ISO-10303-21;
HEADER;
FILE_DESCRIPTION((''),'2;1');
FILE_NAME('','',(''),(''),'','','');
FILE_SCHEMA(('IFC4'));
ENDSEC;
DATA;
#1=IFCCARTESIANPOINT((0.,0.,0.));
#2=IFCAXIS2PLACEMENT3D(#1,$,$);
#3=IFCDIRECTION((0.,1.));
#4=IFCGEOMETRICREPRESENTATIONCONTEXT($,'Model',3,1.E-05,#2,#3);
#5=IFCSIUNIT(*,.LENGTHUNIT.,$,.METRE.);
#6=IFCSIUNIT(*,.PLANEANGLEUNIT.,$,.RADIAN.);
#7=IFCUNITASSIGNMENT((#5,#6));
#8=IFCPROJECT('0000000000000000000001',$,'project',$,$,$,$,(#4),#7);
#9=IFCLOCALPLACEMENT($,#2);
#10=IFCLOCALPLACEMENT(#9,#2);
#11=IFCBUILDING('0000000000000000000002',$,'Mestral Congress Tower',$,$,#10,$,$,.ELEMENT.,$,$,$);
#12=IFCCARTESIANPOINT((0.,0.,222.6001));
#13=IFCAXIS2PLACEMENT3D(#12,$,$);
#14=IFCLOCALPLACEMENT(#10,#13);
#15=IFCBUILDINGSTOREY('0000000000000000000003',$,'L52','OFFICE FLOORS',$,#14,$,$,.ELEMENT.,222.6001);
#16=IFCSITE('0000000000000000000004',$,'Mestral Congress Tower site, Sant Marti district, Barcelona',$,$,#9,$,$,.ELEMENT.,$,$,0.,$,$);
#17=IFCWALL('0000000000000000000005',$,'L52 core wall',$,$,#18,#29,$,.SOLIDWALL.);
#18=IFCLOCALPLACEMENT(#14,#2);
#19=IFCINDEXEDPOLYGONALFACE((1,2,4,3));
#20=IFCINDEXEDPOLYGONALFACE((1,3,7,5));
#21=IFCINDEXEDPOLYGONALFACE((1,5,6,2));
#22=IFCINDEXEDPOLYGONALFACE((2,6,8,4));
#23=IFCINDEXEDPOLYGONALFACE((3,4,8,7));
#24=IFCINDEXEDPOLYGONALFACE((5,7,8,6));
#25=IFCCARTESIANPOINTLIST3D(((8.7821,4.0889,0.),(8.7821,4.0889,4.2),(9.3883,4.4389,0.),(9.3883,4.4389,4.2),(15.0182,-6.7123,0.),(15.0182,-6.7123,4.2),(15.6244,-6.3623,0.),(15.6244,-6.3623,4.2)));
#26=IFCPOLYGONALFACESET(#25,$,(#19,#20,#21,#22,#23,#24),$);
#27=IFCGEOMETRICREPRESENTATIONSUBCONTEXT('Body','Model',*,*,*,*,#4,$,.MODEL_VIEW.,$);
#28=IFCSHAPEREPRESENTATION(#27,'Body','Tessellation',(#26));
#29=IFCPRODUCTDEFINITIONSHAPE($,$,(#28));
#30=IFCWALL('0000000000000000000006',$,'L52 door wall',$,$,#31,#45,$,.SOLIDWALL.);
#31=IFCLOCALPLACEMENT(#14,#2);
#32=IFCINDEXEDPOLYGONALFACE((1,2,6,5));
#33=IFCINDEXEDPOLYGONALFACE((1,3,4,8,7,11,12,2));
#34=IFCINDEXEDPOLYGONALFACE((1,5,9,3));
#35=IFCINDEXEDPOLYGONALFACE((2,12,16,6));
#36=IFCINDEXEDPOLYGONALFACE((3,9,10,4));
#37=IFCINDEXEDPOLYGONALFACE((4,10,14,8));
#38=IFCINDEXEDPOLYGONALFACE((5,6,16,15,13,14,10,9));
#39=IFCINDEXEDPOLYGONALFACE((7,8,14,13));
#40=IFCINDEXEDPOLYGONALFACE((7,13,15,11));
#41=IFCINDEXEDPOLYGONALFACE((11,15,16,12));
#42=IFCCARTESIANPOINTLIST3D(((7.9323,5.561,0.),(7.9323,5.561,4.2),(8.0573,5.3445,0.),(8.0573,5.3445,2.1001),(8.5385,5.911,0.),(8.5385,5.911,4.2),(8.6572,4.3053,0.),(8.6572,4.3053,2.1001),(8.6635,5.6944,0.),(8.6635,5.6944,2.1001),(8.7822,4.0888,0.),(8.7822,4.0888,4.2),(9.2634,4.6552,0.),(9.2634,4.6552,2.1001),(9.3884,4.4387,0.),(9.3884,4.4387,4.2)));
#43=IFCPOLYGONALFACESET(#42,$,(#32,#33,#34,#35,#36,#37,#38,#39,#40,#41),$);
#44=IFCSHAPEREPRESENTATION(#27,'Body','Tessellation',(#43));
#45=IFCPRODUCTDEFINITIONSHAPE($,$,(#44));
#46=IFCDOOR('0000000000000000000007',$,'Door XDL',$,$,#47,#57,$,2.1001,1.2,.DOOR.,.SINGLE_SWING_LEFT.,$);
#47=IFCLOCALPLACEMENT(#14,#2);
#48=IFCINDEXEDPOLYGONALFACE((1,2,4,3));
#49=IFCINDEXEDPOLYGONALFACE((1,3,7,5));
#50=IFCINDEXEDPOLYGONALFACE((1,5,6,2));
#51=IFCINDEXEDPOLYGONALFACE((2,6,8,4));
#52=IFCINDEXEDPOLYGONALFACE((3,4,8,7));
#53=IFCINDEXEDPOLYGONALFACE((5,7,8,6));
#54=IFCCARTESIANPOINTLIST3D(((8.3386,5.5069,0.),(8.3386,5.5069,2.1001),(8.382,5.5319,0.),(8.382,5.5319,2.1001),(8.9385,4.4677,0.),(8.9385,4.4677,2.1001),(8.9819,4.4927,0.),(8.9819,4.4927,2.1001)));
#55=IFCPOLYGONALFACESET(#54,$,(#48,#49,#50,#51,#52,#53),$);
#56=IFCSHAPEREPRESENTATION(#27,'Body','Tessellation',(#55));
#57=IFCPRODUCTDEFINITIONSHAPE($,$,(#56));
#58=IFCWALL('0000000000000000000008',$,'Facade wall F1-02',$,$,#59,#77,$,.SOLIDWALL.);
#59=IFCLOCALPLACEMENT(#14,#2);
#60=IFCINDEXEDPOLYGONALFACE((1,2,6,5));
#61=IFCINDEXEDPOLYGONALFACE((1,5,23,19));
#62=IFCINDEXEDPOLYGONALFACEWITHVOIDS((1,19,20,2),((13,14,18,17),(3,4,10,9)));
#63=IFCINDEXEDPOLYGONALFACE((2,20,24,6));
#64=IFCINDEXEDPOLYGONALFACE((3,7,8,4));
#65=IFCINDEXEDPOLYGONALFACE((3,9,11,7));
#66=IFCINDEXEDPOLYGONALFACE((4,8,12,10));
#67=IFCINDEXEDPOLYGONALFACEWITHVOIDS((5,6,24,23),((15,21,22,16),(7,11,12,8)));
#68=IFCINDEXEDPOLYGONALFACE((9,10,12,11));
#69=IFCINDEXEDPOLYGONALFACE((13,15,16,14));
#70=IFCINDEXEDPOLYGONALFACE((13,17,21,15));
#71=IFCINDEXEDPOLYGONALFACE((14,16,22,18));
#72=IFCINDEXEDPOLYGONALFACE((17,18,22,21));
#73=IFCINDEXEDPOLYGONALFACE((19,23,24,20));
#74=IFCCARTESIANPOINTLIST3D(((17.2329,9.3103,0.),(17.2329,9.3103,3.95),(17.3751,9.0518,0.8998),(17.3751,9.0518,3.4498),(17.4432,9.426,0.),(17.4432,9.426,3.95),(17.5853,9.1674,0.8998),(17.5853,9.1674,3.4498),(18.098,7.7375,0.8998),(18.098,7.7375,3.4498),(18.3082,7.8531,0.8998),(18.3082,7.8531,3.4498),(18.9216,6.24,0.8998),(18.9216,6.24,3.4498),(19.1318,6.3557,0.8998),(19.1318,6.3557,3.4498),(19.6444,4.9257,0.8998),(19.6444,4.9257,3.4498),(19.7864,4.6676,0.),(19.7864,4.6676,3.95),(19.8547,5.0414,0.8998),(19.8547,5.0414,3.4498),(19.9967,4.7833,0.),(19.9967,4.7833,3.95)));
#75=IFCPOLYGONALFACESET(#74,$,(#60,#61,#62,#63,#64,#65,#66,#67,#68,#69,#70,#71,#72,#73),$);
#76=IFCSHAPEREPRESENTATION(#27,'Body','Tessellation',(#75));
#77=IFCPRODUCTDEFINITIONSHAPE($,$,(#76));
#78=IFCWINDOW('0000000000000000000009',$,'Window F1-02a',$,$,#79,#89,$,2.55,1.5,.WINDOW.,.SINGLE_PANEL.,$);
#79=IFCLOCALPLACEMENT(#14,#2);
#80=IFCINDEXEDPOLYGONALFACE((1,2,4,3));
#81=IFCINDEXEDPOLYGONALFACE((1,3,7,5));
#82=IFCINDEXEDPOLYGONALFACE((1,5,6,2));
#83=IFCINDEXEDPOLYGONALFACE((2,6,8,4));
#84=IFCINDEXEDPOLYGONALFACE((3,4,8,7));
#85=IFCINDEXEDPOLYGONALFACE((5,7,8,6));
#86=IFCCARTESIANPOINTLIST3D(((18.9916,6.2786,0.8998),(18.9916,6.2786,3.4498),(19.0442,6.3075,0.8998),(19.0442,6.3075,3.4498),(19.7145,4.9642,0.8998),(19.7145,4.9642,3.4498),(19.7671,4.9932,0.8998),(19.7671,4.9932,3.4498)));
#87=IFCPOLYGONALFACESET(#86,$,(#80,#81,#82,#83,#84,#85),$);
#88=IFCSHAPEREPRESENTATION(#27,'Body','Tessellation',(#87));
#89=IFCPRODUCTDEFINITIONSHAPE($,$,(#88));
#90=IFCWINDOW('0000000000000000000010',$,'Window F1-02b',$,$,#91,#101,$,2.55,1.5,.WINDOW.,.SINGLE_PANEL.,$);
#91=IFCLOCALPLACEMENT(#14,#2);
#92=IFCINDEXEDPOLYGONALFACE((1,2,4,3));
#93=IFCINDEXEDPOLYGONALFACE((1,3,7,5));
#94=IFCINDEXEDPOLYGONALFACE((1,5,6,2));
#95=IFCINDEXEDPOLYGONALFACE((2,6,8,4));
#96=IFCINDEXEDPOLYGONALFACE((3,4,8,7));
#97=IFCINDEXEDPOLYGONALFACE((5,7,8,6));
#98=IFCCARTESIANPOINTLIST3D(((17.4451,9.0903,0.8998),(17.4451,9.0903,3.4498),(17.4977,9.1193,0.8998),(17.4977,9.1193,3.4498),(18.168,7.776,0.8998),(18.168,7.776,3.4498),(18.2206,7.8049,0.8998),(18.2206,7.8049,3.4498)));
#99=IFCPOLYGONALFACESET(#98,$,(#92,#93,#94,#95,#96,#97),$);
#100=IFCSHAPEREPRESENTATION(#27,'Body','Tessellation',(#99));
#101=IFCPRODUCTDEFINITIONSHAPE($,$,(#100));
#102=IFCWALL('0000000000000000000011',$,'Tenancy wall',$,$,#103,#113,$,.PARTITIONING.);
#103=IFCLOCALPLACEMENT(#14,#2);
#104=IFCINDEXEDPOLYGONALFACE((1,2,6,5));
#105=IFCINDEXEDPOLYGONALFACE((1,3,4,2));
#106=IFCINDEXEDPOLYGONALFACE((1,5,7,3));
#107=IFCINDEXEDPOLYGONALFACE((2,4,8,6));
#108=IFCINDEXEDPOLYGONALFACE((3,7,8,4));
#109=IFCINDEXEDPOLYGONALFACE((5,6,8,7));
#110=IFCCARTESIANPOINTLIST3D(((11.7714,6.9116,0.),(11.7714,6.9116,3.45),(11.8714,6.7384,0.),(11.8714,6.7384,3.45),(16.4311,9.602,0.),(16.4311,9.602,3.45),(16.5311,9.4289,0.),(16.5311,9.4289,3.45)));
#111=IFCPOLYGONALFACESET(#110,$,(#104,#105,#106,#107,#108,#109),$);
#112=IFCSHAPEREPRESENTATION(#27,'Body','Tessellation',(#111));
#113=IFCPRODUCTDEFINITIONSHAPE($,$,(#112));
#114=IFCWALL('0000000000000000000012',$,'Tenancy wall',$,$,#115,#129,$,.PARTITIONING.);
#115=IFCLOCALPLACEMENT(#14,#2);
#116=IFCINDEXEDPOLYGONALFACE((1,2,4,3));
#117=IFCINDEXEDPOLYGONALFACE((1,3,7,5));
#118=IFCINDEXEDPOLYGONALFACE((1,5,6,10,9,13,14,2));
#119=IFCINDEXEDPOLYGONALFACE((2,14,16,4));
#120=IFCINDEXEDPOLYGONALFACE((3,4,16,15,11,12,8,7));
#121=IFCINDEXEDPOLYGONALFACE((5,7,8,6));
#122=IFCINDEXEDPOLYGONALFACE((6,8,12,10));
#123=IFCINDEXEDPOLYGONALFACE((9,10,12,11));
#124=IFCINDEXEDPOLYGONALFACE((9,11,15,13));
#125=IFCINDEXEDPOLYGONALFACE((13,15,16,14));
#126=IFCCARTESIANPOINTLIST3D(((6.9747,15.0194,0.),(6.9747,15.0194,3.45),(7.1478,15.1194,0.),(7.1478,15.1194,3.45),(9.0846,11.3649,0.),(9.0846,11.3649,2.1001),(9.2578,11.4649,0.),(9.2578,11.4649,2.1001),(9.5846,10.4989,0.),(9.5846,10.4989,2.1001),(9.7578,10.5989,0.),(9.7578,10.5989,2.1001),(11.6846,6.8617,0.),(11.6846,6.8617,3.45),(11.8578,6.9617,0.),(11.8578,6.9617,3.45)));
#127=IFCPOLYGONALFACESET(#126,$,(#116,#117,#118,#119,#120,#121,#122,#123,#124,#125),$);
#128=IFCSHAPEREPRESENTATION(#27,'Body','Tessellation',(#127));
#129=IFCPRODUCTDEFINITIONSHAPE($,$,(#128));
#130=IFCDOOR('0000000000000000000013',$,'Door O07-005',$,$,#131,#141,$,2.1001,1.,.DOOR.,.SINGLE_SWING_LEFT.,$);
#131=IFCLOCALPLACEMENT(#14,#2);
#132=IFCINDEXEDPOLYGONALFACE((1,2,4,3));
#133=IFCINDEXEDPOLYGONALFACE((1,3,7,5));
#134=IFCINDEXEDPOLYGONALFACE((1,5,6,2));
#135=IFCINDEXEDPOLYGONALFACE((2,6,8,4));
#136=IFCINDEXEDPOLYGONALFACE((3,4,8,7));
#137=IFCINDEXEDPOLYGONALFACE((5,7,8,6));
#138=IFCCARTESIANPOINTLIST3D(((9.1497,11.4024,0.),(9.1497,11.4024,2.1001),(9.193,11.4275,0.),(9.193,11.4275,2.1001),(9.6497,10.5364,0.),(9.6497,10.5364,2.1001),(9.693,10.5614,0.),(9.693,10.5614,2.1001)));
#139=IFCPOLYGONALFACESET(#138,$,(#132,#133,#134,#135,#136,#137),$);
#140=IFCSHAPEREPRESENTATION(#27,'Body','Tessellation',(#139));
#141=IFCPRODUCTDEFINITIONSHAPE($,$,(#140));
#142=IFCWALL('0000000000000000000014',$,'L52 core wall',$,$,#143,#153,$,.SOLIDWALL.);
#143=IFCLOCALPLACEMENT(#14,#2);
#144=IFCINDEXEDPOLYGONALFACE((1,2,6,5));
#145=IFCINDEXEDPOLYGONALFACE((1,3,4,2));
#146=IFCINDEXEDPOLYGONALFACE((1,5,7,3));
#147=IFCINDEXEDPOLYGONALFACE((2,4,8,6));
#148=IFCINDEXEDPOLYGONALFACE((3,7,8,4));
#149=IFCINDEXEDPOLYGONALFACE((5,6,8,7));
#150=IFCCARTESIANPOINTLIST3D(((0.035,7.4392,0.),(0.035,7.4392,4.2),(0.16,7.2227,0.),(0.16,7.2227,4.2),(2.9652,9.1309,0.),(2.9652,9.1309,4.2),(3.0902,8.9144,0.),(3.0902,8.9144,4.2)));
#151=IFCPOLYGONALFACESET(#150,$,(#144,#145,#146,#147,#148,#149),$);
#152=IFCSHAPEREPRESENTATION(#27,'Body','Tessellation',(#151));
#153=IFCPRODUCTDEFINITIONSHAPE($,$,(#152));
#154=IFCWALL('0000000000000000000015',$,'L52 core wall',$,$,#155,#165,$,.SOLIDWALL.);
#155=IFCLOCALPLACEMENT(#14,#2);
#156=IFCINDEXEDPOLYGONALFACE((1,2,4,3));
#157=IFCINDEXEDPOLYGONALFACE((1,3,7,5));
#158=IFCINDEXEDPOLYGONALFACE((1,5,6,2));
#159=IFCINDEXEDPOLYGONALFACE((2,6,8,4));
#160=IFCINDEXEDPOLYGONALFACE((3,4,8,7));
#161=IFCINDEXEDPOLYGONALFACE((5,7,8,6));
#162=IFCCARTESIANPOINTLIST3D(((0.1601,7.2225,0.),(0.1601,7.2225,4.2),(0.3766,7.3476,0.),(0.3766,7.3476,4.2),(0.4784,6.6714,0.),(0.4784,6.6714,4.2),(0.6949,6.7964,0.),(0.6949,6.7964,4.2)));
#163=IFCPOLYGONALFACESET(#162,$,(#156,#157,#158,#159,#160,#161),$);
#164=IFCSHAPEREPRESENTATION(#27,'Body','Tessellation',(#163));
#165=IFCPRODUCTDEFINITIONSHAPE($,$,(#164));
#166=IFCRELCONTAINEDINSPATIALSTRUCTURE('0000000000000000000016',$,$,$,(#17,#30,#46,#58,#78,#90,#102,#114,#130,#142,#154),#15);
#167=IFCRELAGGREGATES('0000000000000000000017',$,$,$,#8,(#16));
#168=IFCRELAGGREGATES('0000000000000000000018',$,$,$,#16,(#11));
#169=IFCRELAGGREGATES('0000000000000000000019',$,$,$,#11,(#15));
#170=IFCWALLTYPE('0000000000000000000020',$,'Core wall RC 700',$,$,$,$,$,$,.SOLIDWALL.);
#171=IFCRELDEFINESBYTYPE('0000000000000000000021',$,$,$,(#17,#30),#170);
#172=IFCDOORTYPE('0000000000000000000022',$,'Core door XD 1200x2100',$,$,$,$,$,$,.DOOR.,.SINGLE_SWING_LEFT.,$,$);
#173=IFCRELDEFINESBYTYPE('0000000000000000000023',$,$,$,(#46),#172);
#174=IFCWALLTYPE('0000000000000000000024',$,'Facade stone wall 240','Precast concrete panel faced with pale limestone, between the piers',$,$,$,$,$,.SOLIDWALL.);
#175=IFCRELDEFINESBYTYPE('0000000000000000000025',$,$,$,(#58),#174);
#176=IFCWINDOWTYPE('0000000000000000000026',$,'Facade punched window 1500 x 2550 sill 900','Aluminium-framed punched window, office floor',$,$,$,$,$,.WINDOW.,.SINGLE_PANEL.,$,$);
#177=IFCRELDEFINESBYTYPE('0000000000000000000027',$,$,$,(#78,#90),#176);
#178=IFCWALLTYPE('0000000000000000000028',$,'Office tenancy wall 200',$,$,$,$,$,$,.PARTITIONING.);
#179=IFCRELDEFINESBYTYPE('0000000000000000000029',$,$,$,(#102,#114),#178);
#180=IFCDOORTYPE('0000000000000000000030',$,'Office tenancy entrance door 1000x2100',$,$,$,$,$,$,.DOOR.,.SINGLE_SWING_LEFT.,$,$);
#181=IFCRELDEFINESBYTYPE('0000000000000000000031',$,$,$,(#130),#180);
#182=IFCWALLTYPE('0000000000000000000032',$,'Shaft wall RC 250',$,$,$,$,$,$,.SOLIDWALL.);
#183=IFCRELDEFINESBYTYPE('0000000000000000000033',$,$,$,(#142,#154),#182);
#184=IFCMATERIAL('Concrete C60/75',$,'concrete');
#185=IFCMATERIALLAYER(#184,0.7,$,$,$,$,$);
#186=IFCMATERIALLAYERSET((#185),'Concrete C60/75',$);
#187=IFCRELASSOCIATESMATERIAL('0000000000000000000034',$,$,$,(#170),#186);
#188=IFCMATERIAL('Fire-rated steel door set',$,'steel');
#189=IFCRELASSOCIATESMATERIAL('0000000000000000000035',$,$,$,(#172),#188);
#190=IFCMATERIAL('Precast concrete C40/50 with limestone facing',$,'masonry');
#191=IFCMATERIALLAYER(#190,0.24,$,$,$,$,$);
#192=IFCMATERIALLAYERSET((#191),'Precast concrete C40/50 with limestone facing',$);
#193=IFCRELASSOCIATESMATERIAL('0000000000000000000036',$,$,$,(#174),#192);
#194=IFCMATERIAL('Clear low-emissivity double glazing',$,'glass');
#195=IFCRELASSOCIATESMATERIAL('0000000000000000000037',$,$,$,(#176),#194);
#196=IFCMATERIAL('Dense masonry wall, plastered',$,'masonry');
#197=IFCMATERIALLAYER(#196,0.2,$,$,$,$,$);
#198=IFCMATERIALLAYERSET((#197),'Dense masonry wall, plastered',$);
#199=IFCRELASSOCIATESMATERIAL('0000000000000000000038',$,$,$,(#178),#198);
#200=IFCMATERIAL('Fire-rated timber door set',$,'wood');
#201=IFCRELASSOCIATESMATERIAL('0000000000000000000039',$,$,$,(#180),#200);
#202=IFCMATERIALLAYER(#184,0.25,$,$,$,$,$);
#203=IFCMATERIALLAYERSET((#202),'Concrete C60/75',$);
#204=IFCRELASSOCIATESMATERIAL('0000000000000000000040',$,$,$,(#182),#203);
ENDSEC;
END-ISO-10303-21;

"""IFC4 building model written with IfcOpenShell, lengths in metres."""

from ifc_helpers import new_model, si_unit, direction, frame, frame_2d, origin, place, context, subcontext, project, spatial, rectangle, extrude, material, layer, layer_set, type_object, element, fill, save


model = new_model("IFC4")

# Units and contexts
model_context = context("Model", 3, precision=1e-05, world=origin(), true_north=direction((0.0, 1.0)))
body_context = subcontext(model_context, "Body", "Model", "MODEL_VIEW")
ifc_project = project(units=[si_unit("LENGTHUNIT", "METRE"), si_unit("PLANEANGLEUNIT", "RADIAN")], contexts=[model_context])

# Site, building, storey
site_placement = place(None, origin())
site = spatial("IfcSite", under=ifc_project, at=site_placement, Name="Mestral Congress Tower site, Sant Marti district, Barcelona", CompositionType="ELEMENT", RefElevation=0.0)
building_placement = place(site_placement, origin())
building = spatial("IfcBuilding", under=site, at=building_placement, Name="Mestral Congress Tower", CompositionType="ELEMENT")
storey_placement = place(building_placement, frame((0.0, 0.0, 222.6001)))
storey = spatial("IfcBuildingStorey", under=building, at=storey_placement, Name="L52", Description="OFFICE FLOORS", CompositionType="ELEMENT", Elevation=222.6001)

# Shared definitions
ifc_material_1 = material(Name="Concrete C60/75", Category="concrete")

# Wall
ifc_layer_1 = layer(ifc_material_1, 0.7)
ifc_layer_set_1 = layer_set([ifc_layer_1], Name="Concrete C60/75")
wall_type_1 = type_object("IfcWallType", Name="Core wall RC 700", PredefinedType="SOLIDWALL", material=ifc_layer_set_1)
wall_1_placement = place(storey_placement, frame((9.0852, 4.2639, 0.0), z_axis=(0.0, 0.0, 1.0), x_axis=(0.499998, -0.866027, 0.0)))
element("IfcWall", 1, at=wall_1_placement, inside=storey, type_object=wall_type_1, Name="L52 core wall", PredefinedType="SOLIDWALL", context=body_context, shape_type="SweptSolid", body=[
    extrude(rectangle(XDim=12.4722, YDim=0.7, at=frame_2d((6.2361, 0.0))), origin(), (0.0, 0.0, 1.0), 4.2),
])

# Wall, opening, door
wall_2_placement = place(storey_placement, frame((8.2354, 5.7361, 0.0), z_axis=(0.0, 0.0, 1.0), x_axis=(0.499955, -0.866052, 0.0)))
wall_2 = element("IfcWall", 2, at=wall_2_placement, inside=storey, type_object=wall_type_1, Name="L52 door wall", PredefinedType="SOLIDWALL", context=body_context, shape_type="SweptSolid", body=[
    extrude(rectangle(XDim=1.7, YDim=0.7, at=frame_2d((0.8501, 0.0))), origin(), (0.0, 0.0, 1.0), 4.2),
])
opening_1_placement = place(wall_2_placement, frame((0.25, 0.0, 0.0)))
opening_1 = element("IfcOpeningElement", 3, at=opening_1_placement, cuts=wall_2, PredefinedType="OPENING", context=body_context, shape_type="SweptSolid", body=[
    extrude(rectangle(XDim=1.2, YDim=2.1001, at=frame_2d((0.6001, 1.05))), frame((0.0, 0.3599, 0.0), z_axis=(0.0, -1.0, 0.0), x_axis=(1.0, 0.0, 0.0)), (0.0, 0.0, 1.0), 0.72),
])
ifc_material_2 = material(Name="Fire-rated steel door set", Category="steel")
door_type_1 = type_object("IfcDoorType", Name="Core door XD 1200x2100", OperationType="SINGLE_SWING_LEFT", PredefinedType="DOOR", material=ifc_material_2)
door_1_placement = place(opening_1_placement, origin())
door_1 = element("IfcDoor", 4, at=door_1_placement, inside=storey, type_object=door_type_1, Name="Door XDL", OperationType="SINGLE_SWING_LEFT", OverallHeight=2.1001, OverallWidth=1.2, PredefinedType="DOOR", context=body_context, shape_type="SweptSolid", body=[
    extrude(rectangle(XDim=1.2, YDim=2.1001, at=frame_2d((0.6001, 1.05))), frame((0.0, 0.0249, 0.0), z_axis=(0.0, -1.0, 0.0), x_axis=(1.0, 0.0, 0.0)), (0.0, 0.0, 1.0), 0.05),
])
fill(opening_1, door_1)

# Wall, openings, windows
ifc_material_3 = material(Name="Precast concrete C40/50 with limestone facing", Category="masonry")
ifc_layer_2 = layer(ifc_material_3, 0.24)
ifc_layer_set_2 = layer_set([ifc_layer_2], Name="Precast concrete C40/50 with limestone facing")
wall_type_2 = type_object("IfcWallType", Name="Facade stone wall 240", Description="Precast concrete panel faced with pale limestone, between the piers", PredefinedType="SOLIDWALL", material=ifc_layer_set_2)
wall_3_placement = place(storey_placement, frame((19.8916, 4.7253, 0.0), z_axis=(0.0, 0.0, 1.0), x_axis=(-0.481926, 0.876212, 0.0)))
wall_3 = element("IfcWall", 5, at=wall_3_placement, inside=storey, type_object=wall_type_2, Name="Facade wall F1-02", PredefinedType="SOLIDWALL", context=body_context, shape_type="SweptSolid", body=[
    extrude(rectangle(XDim=5.2986, YDim=0.24, at=frame_2d((2.6494, 0.0))), origin(), (0.0, 0.0, 1.0), 3.95),
])
opening_2_placement = place(wall_3_placement, frame((0.2947, 0.0, 0.8999)))
opening_2 = element("IfcOpeningElement", 6, at=opening_2_placement, cuts=wall_3, PredefinedType="OPENING", context=body_context, shape_type="SweptSolid", body=[
    extrude(rectangle(XDim=1.5, YDim=2.55, at=frame_2d((0.75, 1.2749))), frame((0.0, 0.1299, 0.0), z_axis=(0.0, -1.0, 0.0), x_axis=(1.0, 0.0, 0.0)), (0.0, 0.0, 1.0), 0.26),
])
opening_3_placement = place(wall_3_placement, frame((3.5037, 0.0, 0.8999)))
opening_3 = element("IfcOpeningElement", 7, at=opening_3_placement, cuts=wall_3, PredefinedType="OPENING", context=body_context, shape_type="SweptSolid", body=[
    extrude(rectangle(XDim=1.5, YDim=2.55, at=frame_2d((0.75, 1.2749))), frame((0.0, 0.1299, 0.0), z_axis=(0.0, -1.0, 0.0), x_axis=(1.0, 0.0, 0.0)), (0.0, 0.0, 1.0), 0.26),
])
ifc_material_4 = material(Name="Clear low-emissivity double glazing", Category="glass")
window_type = type_object("IfcWindowType", Name="Facade punched window 1500 x 2550 sill 900", Description="Aluminium-framed punched window, office floor", PartitioningType="SINGLE_PANEL", PredefinedType="WINDOW", material=ifc_material_4)
window_1_placement = place(opening_2_placement, origin())
window_1 = element("IfcWindow", 8, at=window_1_placement, inside=storey, type_object=window_type, Name="Window F1-02a", OverallHeight=2.55, OverallWidth=1.5, PartitioningType="SINGLE_PANEL", PredefinedType="WINDOW", context=body_context, shape_type="SweptSolid", body=[
    extrude(rectangle(XDim=1.5, YDim=2.55, at=frame_2d((0.75, 1.2749))), frame((0.0, 0.04, 0.0), z_axis=(0.0, -1.0, 0.0), x_axis=(1.0, 0.0, 0.0)), (0.0, 0.0, 1.0), 0.0601),
])
fill(opening_2, window_1)
window_2_placement = place(opening_3_placement, origin())
window_2 = element("IfcWindow", 9, at=window_2_placement, inside=storey, type_object=window_type, Name="Window F1-02b", OverallHeight=2.55, OverallWidth=1.5, PartitioningType="SINGLE_PANEL", PredefinedType="WINDOW", context=body_context, shape_type="SweptSolid", body=[
    extrude(rectangle(XDim=1.5, YDim=2.55, at=frame_2d((0.75, 1.2749))), frame((0.0, 0.04, 0.0), z_axis=(0.0, -1.0, 0.0), x_axis=(1.0, 0.0, 0.0)), (0.0, 0.0, 1.0), 0.0601),
])
fill(opening_3, window_2)

# Wall
ifc_material_5 = material(Name="Dense masonry wall, plastered", Category="masonry")
ifc_layer_3 = layer(ifc_material_5, 0.2)
ifc_layer_set_3 = layer_set([ifc_layer_3], Name="Dense masonry wall, plastered")
wall_type_3 = type_object("IfcWallType", Name="Office tenancy wall 200", PredefinedType="PARTITIONING", material=ifc_layer_set_3)
wall_4_placement = place(storey_placement, frame((11.8213, 6.825, 0.0), z_axis=(0.0, 0.0, 1.0), x_axis=(0.866012, 0.500024, 0.0)))
element("IfcWall", 10, at=wall_4_placement, inside=storey, type_object=wall_type_3, Name="Tenancy wall", PredefinedType="PARTITIONING", context=body_context, shape_type="SweptSolid", body=[
    extrude(rectangle(XDim=5.3806, YDim=0.2, at=frame_2d((2.6904, 0.0))), origin(), (0.0, 0.0, 1.0), 3.45),
])

# Wall, opening, door
wall_5_placement = place(storey_placement, frame((11.7712, 6.9116, 0.0), z_axis=(0.0, 0.0, 1.0), x_axis=(-0.500008, 0.866021, 0.0)))
wall_5 = element("IfcWall", 11, at=wall_5_placement, inside=storey, type_object=wall_type_3, Name="Tenancy wall", PredefinedType="PARTITIONING", context=body_context, shape_type="SweptSolid", body=[
    extrude(rectangle(XDim=9.4197, YDim=0.2, at=frame_2d((4.71, 0.0))), origin(), (0.0, 0.0, 1.0), 3.45),
])
opening_4_placement = place(wall_5_placement, frame((4.2, 0.0, 0.0)))
opening_4 = element("IfcOpeningElement", 12, at=opening_4_placement, cuts=wall_5, PredefinedType="OPENING", context=body_context, shape_type="SweptSolid", body=[
    extrude(rectangle(XDim=1.0, YDim=2.1001, at=frame_2d((0.5, 1.05))), frame((0.0, 0.1099, 0.0), z_axis=(0.0, -1.0, 0.0), x_axis=(1.0, 0.0, 0.0)), (0.0, 0.0, 1.0), 0.22),
])
ifc_material_6 = material(Name="Fire-rated timber door set", Category="wood")
door_type_2 = type_object("IfcDoorType", Name="Office tenancy entrance door 1000x2100", OperationType="SINGLE_SWING_LEFT", PredefinedType="DOOR", material=ifc_material_6)
door_2_placement = place(opening_4_placement, origin())
door_2 = element("IfcDoor", 13, at=door_2_placement, inside=storey, type_object=door_type_2, Name="Door O07-005", OperationType="SINGLE_SWING_LEFT", OverallHeight=2.1001, OverallWidth=1.0, PredefinedType="DOOR", context=body_context, shape_type="SweptSolid", body=[
    extrude(rectangle(XDim=1.0, YDim=2.1001, at=frame_2d((0.5, 1.05))), frame((0.0, 0.0249, 0.0), z_axis=(0.0, -1.0, 0.0), x_axis=(1.0, 0.0, 0.0)), (0.0, 0.0, 1.0), 0.05),
])
fill(opening_4, door_2)

# Walls
ifc_layer_4 = layer(ifc_material_1, 0.25)
ifc_layer_set_4 = layer_set([ifc_layer_4], Name="Concrete C60/75")
wall_type_4 = type_object("IfcWallType", Name="Shaft wall RC 250", PredefinedType="SOLIDWALL", material=ifc_layer_set_4)
wall_6_placement = place(storey_placement, frame((3.0278, 9.0227, 0.0), z_axis=(0.0, 0.0, 1.0), x_axis=(-0.866037, -0.499981, 0.0)))
element("IfcWall", 14, at=wall_6_placement, inside=storey, type_object=wall_type_4, Name="L52 core wall", PredefinedType="SOLIDWALL", context=body_context, shape_type="SweptSolid", body=[
    extrude(rectangle(XDim=3.3835, YDim=0.25, at=frame_2d((1.6919, 0.0))), origin(), (0.0, 0.0, 1.0), 4.2),
])
wall_7_placement = place(storey_placement, frame((0.2683, 7.2852, 0.0), z_axis=(0.0, 0.0, 1.0), x_axis=(0.500099, -0.865968, 0.0)))
element("IfcWall", 15, at=wall_7_placement, inside=storey, type_object=wall_type_4, Name="L52 core wall", PredefinedType="SOLIDWALL", context=body_context, shape_type="SweptSolid", body=[
    extrude(rectangle(XDim=0.6365, YDim=0.25, at=frame_2d((0.3184, 0.0))), origin(), (0.0, 0.0, 1.0), 4.2),
])

save(model, "model.ifc")
